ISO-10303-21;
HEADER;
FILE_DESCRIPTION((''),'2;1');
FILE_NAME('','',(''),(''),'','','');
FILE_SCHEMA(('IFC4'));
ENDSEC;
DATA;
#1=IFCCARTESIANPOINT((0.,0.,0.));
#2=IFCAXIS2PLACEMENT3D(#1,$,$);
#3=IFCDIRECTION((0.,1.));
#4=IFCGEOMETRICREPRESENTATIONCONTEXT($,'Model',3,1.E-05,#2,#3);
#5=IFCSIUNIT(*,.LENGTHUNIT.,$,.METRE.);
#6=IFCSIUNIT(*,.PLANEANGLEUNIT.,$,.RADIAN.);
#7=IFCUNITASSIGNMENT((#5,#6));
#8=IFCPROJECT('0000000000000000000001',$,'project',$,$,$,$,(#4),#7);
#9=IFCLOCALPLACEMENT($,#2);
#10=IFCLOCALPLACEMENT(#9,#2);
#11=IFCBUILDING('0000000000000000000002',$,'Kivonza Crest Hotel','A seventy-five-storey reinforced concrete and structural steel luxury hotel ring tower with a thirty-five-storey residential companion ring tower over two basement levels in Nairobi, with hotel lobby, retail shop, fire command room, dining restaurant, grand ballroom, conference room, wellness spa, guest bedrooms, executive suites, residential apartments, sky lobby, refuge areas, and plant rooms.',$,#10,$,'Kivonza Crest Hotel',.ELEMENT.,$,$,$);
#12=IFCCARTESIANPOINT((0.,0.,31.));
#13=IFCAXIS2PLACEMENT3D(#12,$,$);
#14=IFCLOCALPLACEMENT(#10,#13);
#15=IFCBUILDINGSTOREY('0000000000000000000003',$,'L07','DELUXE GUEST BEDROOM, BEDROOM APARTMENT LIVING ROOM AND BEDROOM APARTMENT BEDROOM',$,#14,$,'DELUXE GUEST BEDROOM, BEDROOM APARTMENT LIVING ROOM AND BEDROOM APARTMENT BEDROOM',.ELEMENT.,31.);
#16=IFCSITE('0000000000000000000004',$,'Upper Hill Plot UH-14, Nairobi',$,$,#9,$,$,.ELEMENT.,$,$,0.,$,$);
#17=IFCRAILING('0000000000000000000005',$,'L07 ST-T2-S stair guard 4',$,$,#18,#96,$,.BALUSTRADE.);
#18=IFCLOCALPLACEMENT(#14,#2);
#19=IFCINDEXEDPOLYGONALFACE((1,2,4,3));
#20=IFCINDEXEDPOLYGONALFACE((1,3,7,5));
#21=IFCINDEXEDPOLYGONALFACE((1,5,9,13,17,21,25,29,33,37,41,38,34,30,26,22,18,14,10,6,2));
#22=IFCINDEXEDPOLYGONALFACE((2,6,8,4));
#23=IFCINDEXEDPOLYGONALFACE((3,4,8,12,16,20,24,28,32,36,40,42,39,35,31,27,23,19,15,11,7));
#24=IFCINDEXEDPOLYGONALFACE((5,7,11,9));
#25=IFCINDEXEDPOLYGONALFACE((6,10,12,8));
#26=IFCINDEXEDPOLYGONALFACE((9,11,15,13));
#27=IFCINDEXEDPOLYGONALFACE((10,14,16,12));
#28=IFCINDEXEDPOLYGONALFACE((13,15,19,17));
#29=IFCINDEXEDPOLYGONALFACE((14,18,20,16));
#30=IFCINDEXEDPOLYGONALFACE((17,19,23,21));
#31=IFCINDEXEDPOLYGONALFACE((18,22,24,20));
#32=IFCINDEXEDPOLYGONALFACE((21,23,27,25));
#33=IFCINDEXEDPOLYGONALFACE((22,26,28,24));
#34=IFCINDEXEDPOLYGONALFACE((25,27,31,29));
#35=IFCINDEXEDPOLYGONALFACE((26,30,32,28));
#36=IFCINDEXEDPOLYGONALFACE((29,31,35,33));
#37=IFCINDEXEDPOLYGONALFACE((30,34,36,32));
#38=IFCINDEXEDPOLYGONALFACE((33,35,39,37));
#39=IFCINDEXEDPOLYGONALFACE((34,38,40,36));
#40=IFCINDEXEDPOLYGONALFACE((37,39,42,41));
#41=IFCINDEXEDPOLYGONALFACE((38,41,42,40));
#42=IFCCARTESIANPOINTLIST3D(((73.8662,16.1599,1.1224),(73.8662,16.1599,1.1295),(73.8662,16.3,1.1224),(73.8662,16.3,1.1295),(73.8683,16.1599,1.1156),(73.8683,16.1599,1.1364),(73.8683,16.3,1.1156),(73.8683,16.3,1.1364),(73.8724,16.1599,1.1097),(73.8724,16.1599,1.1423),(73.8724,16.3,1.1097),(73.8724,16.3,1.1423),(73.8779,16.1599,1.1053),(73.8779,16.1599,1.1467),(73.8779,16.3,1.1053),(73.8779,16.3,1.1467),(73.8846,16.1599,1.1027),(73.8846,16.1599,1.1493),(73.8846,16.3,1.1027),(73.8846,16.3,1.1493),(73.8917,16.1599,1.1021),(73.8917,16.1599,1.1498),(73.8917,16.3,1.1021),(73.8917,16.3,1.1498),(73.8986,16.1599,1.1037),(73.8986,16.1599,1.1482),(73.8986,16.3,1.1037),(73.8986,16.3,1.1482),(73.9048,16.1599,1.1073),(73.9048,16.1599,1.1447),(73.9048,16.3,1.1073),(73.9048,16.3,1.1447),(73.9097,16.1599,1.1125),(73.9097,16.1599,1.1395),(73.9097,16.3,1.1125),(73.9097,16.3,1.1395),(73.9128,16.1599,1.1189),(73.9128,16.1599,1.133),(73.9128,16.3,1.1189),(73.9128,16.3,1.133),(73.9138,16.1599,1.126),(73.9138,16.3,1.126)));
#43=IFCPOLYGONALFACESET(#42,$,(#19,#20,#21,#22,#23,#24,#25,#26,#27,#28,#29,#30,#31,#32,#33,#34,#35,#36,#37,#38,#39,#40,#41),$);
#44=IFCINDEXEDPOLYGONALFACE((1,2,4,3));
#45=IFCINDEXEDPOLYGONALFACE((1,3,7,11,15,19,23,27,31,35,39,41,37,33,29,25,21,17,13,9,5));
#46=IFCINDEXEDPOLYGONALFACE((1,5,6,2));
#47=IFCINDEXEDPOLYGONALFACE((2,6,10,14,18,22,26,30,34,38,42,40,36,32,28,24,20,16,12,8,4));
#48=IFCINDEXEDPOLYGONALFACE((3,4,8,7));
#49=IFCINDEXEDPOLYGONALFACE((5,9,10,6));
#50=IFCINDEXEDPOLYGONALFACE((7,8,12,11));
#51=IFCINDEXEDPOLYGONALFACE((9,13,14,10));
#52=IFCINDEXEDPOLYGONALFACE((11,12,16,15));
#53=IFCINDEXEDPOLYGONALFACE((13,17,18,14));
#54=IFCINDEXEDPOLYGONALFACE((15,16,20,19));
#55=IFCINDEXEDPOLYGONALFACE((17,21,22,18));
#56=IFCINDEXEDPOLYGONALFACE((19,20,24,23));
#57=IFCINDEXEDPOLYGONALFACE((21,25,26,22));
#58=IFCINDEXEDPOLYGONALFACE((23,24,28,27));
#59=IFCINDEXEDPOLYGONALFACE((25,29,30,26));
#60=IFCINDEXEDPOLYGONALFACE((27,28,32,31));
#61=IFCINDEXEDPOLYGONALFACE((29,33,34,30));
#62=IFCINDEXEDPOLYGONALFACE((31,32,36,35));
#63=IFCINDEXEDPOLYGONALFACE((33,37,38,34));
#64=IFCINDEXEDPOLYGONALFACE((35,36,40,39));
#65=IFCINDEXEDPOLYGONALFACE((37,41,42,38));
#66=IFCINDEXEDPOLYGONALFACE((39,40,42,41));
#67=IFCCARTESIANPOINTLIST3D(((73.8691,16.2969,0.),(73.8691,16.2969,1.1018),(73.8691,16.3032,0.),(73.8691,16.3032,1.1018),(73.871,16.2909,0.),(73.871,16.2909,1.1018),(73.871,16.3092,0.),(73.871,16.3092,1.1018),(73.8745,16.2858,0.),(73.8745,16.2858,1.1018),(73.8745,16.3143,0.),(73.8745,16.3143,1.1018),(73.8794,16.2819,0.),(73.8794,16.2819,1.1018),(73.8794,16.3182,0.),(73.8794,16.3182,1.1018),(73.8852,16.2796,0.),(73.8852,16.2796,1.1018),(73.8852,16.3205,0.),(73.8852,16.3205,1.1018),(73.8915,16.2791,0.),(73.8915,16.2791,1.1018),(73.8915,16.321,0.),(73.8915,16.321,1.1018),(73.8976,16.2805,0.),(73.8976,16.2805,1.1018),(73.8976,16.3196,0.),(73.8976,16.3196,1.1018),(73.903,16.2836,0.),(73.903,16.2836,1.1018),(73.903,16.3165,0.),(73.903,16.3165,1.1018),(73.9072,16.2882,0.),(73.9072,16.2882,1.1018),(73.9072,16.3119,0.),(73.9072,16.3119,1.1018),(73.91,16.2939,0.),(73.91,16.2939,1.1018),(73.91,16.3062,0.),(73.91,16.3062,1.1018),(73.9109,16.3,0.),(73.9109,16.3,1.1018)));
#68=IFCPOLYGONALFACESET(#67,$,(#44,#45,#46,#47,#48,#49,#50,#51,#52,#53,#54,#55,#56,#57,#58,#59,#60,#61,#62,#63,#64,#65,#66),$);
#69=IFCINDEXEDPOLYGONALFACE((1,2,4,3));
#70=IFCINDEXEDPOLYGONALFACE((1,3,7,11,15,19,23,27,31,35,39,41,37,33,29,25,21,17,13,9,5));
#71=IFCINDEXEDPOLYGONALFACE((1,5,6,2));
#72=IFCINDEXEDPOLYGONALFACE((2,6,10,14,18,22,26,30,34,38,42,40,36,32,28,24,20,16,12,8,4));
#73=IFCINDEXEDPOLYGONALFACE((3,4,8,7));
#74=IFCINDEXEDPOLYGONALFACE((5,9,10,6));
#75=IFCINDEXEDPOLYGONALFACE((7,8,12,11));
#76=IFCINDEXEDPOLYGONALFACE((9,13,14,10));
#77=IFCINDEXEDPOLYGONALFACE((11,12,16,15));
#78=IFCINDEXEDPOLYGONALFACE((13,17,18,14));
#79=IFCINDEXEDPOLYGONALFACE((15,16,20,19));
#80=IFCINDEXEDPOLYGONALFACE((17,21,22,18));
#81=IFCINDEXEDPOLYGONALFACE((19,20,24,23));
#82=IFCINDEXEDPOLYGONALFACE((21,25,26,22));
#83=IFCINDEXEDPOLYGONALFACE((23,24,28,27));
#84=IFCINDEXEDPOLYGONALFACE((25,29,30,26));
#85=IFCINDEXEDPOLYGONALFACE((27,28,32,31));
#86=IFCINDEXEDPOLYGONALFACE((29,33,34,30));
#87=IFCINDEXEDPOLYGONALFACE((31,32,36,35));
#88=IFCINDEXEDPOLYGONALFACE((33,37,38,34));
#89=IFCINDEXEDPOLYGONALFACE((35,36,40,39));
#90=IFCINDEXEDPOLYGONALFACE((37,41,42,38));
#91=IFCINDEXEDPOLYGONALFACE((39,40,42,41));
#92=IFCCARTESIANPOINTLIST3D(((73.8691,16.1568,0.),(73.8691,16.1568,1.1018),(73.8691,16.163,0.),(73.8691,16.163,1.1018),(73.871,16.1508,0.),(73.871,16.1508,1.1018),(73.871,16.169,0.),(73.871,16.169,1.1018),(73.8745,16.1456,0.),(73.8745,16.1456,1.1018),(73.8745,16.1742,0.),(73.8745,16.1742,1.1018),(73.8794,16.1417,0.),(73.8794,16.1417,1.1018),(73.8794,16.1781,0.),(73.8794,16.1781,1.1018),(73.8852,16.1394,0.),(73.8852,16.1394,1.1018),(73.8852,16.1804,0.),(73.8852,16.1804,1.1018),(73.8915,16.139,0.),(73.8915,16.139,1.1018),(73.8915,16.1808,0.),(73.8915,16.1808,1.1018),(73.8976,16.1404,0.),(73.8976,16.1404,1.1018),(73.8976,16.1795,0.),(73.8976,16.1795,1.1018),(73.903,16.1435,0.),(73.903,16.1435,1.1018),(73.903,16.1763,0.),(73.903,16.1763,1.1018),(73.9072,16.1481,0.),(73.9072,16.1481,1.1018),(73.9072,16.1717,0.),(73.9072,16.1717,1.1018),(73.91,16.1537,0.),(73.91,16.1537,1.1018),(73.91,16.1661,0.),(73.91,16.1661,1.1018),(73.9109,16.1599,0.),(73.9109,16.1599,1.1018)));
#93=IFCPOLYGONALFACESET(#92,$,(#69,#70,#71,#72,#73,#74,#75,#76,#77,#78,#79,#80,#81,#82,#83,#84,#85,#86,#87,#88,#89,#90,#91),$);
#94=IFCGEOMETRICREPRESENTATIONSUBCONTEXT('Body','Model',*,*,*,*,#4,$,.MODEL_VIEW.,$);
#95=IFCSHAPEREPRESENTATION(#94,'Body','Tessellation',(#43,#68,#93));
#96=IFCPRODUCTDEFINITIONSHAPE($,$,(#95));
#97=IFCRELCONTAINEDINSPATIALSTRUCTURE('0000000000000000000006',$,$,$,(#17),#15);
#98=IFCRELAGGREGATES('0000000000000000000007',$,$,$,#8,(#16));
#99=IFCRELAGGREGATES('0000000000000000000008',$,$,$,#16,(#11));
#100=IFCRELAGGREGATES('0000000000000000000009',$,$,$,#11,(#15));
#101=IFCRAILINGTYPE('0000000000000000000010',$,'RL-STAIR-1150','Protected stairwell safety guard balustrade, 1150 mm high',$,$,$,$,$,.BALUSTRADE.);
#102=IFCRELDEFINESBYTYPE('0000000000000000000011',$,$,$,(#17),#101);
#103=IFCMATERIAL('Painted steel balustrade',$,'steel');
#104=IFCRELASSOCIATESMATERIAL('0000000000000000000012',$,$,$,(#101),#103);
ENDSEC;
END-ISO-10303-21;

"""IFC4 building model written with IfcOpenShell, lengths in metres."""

from ifc_helpers import new_model, si_unit, direction, frame, origin, origin_2d, place, context, subcontext, project, spatial, circle, extrude, material, type_object, element, save


model = new_model("IFC4")

# Units and contexts
model_context = context("Model", 3, precision=1e-05, world=origin(), true_north=direction((0.0, 1.0)))
body_context = subcontext(model_context, "Body", "Model", "MODEL_VIEW")
ifc_project = project(units=[si_unit("LENGTHUNIT", "METRE"), si_unit("PLANEANGLEUNIT", "RADIAN")], contexts=[model_context])

# Site, building, storey
site_placement = place(None, origin())
site = spatial("IfcSite", under=ifc_project, at=site_placement, Name="Upper Hill Plot UH-14, Nairobi", CompositionType="ELEMENT", RefElevation=0.0)
building_placement = place(site_placement, origin())
building = spatial("IfcBuilding", under=site, at=building_placement, Name="Kivonza Crest Hotel", Description="A seventy-five-storey reinforced concrete and structural steel luxury hotel ring tower with a thirty-five-storey residential companion ring tower over two basement levels in Nairobi, with hotel lobby, retail shop, fire command room, dining restaurant, grand ballroom, conference room, wellness spa, guest bedrooms, executive suites, residential apartments, sky lobby, refuge areas, and plant rooms.", LongName="Kivonza Crest Hotel", CompositionType="ELEMENT")
storey_placement = place(building_placement, frame((0.0, 0.0, 31.0)))
storey = spatial("IfcBuildingStorey", under=building, at=storey_placement, Name="L07", Description="DELUXE GUEST BEDROOM, BEDROOM APARTMENT LIVING ROOM AND BEDROOM APARTMENT BEDROOM", LongName="DELUXE GUEST BEDROOM, BEDROOM APARTMENT LIVING ROOM AND BEDROOM APARTMENT BEDROOM", CompositionType="ELEMENT", Elevation=31.0)

# Railing
ifc_material_1 = material(Name="Painted steel balustrade", Category="steel")
railing_type_1 = type_object("IfcRailingType", Name="RL-STAIR-1150", Description="Protected stairwell safety guard balustrade, 1150 mm high", PredefinedType="BALUSTRADE", material=ifc_material_1)
railing_1_placement = place(storey_placement, frame((73.8899, 16.3, 0.0)))
element("IfcRailing", 1, at=railing_1_placement, inside=storey, type_object=railing_type_1, Name="L07 ST-T2-S stair guard 4", PredefinedType="BALUSTRADE", context=body_context, shape_type="SweptSolid", body=[
    extrude(circle(Radius=0.0239, at=origin_2d()), frame((0.0, 0.0, 1.126), z_axis=(0.0, -1.0, 0.0), x_axis=(1.0, 0.0, 0.0)), (0.0, 0.0, 1.0), 0.1401),
    extrude(circle(Radius=0.021, at=origin_2d()), origin(), (0.0, 0.0, 1.0), 1.1018),
    extrude(circle(Radius=0.021, at=origin_2d()), frame((0.0, -0.1401, 0.0)), (0.0, 0.0, 1.0), 1.1018),
])

save(model, "model.ifc")
